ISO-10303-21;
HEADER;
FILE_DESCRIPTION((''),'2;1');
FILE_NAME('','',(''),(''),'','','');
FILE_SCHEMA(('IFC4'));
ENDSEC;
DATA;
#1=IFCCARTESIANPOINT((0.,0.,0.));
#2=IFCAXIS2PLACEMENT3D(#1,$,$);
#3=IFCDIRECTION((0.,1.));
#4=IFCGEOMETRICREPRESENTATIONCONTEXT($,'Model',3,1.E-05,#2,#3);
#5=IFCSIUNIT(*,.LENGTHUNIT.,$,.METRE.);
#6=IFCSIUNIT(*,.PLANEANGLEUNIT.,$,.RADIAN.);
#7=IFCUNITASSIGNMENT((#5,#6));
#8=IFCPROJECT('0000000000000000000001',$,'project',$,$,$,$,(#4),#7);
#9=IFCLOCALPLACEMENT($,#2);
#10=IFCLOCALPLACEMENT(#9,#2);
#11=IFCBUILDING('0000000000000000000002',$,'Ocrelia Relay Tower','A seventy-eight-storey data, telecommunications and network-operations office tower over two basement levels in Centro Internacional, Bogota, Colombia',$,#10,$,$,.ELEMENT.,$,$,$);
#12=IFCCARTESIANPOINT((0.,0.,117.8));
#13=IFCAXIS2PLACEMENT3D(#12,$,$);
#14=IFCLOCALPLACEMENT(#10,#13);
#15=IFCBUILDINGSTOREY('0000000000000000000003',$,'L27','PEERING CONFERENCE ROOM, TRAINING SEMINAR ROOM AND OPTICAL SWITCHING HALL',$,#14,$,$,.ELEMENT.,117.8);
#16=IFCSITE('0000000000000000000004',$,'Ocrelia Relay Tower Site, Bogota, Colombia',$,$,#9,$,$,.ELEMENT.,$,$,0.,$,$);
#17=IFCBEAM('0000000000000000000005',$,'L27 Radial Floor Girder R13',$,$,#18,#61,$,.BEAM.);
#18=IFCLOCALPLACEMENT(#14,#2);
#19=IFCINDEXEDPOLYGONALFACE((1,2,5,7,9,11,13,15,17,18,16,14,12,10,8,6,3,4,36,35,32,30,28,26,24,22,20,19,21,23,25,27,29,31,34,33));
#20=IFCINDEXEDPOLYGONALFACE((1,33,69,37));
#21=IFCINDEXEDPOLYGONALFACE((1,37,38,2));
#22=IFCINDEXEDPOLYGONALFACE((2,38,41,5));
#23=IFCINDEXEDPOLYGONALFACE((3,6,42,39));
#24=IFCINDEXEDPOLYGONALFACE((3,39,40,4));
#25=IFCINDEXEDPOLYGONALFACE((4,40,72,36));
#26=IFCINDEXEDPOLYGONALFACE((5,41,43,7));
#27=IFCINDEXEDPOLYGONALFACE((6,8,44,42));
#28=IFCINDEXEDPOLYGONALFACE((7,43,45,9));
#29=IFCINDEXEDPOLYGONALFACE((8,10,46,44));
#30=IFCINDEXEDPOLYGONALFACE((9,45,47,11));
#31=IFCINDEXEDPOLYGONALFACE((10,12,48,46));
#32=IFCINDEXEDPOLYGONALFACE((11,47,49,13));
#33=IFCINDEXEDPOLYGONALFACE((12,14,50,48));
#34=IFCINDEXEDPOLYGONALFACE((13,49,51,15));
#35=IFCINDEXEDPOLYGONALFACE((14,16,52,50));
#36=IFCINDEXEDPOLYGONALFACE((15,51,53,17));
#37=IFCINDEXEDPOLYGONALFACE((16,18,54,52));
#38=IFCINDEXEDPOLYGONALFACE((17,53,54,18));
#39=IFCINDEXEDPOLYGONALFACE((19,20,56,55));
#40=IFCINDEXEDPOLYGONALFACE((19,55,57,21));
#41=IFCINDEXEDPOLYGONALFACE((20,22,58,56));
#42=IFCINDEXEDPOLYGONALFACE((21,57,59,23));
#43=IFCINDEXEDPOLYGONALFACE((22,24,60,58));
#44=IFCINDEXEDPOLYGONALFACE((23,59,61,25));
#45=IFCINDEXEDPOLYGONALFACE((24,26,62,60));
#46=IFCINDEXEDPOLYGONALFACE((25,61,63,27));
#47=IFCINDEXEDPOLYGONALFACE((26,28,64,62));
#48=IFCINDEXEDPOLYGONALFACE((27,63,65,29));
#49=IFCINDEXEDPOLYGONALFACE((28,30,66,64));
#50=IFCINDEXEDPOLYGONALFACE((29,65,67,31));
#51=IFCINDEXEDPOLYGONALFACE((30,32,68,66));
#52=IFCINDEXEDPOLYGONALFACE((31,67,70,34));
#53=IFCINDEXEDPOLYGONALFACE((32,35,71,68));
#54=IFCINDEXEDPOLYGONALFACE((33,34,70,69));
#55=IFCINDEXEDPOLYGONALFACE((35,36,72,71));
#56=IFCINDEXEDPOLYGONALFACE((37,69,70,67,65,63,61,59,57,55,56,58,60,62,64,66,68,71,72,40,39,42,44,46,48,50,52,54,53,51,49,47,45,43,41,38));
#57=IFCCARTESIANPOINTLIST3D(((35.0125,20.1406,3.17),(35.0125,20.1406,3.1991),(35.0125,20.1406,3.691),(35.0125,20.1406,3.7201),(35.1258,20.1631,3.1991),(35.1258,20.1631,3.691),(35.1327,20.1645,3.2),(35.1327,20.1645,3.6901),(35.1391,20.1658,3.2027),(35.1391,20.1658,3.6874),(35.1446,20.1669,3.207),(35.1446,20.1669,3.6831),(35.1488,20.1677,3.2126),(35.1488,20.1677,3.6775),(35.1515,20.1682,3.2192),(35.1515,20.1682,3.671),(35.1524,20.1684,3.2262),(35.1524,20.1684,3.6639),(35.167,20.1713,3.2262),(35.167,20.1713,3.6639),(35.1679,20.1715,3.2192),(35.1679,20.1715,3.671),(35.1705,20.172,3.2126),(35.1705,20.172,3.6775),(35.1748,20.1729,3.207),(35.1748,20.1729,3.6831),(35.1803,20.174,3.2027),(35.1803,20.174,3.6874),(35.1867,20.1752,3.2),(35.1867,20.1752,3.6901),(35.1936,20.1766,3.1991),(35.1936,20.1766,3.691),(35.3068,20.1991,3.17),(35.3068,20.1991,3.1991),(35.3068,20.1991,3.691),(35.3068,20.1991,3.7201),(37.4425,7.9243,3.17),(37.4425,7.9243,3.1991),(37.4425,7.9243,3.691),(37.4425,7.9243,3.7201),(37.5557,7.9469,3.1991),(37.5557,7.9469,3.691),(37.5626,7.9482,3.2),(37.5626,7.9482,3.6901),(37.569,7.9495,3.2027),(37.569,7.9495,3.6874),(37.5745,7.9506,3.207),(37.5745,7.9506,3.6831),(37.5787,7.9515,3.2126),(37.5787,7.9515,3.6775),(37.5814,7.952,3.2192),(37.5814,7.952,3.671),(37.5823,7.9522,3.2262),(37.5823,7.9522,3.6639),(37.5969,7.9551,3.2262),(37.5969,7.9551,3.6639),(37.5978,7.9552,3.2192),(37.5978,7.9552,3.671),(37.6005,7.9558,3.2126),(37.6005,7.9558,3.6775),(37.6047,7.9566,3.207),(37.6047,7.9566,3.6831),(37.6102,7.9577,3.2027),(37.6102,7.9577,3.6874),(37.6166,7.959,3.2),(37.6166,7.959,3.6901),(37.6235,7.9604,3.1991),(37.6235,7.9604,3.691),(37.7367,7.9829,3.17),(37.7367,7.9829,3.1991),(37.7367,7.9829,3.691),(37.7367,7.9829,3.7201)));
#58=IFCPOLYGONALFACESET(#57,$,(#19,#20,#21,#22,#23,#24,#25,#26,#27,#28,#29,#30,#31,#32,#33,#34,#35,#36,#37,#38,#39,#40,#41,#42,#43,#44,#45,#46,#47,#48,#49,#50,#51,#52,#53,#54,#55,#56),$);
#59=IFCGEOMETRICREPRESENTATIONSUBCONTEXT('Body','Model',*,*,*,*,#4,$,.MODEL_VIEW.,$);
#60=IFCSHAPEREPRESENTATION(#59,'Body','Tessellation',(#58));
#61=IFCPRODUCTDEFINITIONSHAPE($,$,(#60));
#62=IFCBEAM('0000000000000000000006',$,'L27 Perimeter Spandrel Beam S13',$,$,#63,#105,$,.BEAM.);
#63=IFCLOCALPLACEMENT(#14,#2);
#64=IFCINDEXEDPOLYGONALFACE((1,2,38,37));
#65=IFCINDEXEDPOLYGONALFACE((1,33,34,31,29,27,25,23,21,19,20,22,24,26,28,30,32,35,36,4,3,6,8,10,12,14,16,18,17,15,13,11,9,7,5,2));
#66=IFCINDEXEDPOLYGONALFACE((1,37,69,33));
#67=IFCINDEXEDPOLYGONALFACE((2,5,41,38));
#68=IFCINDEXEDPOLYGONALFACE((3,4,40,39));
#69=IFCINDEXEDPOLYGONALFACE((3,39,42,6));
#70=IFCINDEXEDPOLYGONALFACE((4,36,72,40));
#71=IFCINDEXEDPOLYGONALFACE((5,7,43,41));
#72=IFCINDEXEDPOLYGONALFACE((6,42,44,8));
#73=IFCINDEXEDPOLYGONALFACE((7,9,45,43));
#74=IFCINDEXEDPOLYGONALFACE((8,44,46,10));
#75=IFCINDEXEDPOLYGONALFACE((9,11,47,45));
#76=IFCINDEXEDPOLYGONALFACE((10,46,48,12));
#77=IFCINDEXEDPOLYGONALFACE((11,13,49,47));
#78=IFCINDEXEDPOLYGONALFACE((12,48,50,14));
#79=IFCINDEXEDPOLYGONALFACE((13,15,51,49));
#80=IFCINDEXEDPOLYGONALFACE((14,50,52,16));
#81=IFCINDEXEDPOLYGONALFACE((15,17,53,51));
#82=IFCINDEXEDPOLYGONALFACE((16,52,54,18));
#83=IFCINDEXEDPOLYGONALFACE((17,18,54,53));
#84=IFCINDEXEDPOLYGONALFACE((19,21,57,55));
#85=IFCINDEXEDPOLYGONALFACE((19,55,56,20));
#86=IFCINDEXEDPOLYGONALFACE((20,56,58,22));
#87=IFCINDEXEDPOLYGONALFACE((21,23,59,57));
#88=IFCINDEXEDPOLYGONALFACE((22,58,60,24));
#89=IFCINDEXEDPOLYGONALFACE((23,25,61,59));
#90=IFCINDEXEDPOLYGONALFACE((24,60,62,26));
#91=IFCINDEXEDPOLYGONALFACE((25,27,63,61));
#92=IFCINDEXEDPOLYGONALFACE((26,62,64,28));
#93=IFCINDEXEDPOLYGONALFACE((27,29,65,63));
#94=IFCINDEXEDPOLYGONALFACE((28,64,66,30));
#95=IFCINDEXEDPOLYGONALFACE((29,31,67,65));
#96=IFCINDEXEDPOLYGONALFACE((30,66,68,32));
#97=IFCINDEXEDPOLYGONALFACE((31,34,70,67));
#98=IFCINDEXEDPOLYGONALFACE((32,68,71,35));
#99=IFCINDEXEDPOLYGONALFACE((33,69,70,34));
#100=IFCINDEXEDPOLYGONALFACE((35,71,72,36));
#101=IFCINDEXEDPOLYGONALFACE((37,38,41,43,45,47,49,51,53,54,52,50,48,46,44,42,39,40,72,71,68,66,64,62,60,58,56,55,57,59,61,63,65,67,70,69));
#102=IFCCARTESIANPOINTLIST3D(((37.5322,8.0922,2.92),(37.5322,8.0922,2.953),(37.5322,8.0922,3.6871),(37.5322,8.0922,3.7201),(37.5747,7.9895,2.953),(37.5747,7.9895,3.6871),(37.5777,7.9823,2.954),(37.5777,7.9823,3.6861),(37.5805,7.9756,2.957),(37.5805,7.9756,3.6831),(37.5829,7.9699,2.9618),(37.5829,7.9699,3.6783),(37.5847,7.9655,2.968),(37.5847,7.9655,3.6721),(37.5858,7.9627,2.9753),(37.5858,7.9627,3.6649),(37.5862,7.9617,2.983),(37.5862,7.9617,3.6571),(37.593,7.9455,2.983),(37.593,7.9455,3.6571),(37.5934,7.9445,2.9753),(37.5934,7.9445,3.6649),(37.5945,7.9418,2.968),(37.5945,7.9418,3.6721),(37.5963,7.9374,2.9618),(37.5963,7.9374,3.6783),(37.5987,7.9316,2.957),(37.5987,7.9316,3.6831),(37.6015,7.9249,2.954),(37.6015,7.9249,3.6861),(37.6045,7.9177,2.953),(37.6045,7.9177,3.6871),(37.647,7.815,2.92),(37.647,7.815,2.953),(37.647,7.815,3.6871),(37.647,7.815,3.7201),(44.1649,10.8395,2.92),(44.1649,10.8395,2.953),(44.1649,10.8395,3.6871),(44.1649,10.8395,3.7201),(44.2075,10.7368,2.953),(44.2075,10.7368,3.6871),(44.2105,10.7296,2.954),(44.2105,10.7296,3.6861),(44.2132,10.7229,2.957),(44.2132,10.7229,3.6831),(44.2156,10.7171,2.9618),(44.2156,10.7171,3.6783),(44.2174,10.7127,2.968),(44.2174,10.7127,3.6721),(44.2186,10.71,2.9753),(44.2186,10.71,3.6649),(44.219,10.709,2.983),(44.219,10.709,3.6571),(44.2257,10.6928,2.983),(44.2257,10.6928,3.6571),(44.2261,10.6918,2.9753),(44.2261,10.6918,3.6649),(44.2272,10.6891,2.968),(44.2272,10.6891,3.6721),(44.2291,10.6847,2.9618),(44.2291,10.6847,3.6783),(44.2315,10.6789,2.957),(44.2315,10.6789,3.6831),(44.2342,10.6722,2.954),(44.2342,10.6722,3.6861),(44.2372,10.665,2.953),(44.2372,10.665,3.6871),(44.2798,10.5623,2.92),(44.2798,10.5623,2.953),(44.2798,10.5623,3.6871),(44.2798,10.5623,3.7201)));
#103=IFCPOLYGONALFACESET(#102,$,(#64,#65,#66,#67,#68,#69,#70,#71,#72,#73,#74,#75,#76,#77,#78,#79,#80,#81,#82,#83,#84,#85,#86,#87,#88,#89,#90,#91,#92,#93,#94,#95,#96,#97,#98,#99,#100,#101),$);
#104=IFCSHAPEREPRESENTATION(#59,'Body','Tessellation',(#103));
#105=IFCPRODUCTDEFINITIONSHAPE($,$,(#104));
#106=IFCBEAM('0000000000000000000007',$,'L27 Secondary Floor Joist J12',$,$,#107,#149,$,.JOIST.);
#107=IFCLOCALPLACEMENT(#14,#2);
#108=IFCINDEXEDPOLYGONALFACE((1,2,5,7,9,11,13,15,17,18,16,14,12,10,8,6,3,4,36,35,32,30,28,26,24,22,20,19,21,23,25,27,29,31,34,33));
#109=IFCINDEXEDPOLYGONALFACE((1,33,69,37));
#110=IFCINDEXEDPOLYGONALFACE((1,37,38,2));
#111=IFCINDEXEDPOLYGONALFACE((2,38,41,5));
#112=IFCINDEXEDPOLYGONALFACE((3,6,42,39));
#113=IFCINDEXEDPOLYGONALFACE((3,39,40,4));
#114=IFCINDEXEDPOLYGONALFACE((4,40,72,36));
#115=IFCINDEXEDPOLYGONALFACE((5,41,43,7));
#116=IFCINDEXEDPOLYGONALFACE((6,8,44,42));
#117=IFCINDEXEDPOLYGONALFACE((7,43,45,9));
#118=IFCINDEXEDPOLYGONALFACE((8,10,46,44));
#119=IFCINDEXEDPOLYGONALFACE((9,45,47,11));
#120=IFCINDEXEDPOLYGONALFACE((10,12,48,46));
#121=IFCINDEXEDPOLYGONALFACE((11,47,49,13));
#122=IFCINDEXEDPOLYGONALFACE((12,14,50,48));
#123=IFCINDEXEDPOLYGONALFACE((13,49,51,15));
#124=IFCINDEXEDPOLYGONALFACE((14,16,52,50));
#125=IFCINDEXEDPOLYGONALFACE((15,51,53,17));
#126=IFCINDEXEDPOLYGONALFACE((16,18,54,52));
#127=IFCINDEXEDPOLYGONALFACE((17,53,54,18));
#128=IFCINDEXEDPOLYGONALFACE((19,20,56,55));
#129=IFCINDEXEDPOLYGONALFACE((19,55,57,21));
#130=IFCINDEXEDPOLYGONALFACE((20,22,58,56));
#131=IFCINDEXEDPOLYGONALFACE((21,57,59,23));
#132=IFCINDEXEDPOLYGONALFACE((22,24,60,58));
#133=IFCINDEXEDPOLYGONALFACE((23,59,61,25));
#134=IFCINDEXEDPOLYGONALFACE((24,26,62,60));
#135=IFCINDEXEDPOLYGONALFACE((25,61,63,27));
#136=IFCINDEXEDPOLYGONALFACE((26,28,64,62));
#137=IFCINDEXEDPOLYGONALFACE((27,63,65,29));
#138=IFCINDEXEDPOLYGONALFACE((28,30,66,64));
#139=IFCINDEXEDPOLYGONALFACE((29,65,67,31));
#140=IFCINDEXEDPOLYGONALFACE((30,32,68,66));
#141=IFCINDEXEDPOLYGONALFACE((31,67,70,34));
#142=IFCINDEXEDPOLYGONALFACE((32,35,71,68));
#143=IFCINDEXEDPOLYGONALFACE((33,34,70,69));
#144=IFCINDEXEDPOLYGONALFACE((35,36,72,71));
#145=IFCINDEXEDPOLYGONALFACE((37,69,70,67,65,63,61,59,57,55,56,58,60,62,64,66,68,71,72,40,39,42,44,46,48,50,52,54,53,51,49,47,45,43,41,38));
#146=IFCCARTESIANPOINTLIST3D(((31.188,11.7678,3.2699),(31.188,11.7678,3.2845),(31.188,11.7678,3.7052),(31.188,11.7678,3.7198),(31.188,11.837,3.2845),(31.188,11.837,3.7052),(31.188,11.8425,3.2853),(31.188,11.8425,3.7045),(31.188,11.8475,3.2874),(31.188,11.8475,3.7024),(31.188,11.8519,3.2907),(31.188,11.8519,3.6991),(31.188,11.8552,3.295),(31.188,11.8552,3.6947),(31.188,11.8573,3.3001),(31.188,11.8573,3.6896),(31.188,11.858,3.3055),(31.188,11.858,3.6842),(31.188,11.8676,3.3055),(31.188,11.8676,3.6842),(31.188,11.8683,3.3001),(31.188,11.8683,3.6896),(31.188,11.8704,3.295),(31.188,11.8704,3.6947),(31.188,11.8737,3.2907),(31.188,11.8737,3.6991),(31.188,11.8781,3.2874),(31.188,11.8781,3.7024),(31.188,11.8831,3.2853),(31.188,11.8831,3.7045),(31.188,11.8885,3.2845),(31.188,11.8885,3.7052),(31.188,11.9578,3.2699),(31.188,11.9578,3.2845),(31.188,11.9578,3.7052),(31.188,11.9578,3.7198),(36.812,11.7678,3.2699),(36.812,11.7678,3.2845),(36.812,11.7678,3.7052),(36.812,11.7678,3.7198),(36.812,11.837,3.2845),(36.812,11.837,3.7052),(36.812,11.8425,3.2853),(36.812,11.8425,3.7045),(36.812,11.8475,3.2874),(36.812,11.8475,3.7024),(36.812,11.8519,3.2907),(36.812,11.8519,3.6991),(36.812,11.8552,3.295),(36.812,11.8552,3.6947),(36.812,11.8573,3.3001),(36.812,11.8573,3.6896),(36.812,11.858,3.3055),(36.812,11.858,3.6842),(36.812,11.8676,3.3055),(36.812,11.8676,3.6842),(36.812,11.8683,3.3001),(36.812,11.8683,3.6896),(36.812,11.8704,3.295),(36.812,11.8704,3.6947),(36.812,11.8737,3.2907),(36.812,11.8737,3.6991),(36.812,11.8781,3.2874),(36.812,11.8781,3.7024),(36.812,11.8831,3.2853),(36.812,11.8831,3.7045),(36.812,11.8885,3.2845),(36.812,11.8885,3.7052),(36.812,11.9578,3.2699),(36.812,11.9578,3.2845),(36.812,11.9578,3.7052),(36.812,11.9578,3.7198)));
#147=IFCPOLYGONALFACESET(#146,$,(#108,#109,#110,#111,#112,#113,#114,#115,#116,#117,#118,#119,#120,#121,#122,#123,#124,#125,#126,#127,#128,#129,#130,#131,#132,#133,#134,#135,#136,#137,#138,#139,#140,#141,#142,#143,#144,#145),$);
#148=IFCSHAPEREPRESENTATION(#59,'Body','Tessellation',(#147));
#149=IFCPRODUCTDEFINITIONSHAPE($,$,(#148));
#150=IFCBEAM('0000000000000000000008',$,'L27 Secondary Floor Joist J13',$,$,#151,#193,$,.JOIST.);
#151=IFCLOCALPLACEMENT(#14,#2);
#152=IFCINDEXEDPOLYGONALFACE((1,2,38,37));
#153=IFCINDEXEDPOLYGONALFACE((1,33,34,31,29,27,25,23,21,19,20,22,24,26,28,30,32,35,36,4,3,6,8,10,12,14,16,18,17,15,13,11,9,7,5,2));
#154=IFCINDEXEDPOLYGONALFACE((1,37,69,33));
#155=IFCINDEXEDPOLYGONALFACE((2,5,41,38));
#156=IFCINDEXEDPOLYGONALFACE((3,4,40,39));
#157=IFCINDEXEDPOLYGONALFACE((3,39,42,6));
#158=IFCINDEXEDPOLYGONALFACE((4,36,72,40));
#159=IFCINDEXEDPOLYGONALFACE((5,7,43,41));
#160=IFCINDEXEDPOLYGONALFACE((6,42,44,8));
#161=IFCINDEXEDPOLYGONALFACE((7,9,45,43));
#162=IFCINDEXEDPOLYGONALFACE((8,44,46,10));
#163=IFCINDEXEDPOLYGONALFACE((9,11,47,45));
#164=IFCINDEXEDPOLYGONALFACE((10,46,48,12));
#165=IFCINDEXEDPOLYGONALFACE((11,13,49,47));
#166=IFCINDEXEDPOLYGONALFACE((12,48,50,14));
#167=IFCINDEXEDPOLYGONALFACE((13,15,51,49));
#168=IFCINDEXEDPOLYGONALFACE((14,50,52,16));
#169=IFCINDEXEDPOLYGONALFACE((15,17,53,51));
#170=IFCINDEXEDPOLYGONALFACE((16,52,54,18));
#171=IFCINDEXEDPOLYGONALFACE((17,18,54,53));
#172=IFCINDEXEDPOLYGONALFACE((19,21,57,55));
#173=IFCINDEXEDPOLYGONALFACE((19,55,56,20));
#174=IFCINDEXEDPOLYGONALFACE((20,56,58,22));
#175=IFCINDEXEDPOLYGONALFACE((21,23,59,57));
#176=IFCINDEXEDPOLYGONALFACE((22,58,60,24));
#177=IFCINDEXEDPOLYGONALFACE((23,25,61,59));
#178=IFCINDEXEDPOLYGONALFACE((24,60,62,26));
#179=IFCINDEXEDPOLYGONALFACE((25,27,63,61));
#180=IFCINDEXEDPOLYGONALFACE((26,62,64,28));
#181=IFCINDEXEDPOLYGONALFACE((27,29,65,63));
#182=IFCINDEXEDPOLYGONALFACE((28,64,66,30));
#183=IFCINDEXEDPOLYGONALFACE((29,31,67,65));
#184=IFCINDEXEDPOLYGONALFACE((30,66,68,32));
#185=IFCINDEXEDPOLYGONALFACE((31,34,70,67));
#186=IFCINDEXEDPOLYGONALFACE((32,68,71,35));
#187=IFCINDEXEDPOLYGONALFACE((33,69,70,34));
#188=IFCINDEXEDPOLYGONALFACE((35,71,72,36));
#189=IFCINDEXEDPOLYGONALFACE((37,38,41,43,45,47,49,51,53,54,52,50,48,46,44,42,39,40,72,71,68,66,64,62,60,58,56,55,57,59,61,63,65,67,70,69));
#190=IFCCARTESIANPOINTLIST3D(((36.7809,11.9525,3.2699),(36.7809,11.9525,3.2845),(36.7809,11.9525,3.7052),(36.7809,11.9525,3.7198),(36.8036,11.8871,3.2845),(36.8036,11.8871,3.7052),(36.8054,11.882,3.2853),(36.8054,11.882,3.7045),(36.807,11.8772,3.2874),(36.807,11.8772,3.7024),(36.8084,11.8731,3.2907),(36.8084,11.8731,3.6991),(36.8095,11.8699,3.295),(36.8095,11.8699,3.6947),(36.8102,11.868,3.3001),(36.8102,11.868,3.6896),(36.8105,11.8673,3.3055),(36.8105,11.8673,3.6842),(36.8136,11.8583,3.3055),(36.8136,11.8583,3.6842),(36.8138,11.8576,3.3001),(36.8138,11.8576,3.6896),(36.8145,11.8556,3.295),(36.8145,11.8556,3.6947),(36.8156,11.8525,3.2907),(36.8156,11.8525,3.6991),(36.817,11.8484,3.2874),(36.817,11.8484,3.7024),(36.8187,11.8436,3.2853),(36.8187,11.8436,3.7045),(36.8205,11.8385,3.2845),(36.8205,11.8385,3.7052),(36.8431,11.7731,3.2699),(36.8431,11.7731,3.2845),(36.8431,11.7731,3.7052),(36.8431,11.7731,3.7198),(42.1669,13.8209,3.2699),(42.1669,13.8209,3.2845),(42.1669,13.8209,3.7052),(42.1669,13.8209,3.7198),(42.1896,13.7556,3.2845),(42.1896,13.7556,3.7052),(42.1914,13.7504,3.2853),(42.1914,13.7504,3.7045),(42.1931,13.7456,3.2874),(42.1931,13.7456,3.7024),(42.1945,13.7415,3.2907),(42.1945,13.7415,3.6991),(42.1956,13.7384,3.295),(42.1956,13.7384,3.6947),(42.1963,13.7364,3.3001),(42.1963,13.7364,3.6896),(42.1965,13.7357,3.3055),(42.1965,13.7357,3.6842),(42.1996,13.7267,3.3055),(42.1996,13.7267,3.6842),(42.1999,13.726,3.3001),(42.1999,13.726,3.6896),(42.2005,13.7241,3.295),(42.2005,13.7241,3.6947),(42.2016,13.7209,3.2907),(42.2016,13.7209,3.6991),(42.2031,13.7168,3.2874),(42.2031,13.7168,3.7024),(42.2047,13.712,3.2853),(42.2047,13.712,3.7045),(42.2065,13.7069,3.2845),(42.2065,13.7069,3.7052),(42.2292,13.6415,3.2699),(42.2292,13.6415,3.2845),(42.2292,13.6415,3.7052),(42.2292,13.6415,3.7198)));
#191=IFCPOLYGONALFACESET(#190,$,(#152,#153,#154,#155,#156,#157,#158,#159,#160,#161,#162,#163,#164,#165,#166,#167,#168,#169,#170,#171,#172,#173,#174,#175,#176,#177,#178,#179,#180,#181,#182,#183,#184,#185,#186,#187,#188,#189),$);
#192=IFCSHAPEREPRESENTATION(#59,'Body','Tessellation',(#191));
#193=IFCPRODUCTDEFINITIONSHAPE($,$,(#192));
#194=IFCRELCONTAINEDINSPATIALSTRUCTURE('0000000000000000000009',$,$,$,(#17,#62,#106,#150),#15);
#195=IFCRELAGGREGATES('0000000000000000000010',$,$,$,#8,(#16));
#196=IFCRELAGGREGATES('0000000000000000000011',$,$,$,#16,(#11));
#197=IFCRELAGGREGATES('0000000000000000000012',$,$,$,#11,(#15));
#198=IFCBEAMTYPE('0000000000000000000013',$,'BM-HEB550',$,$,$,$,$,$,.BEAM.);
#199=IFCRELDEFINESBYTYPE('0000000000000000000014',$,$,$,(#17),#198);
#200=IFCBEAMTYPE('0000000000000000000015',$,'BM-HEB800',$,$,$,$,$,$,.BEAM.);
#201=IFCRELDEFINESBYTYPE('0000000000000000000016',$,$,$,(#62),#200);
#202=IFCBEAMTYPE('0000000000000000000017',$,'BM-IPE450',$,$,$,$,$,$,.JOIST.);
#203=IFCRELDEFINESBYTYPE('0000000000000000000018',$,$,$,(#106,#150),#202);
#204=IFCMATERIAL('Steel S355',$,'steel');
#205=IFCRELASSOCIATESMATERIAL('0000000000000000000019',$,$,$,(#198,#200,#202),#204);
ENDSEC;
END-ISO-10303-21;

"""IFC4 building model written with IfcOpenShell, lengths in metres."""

from ifc_helpers import new_model, si_unit, direction, frame, origin, origin_2d, place, context, subcontext, project, spatial, i_section, extrude, material, material_profile, profile_set, type_object, element, save


model = new_model("IFC4")

# Units and contexts
model_context = context("Model", 3, precision=1e-05, world=origin(), true_north=direction((0.0, 1.0)))
body_context = subcontext(model_context, "Body", "Model", "MODEL_VIEW")
ifc_project = project(units=[si_unit("LENGTHUNIT", "METRE"), si_unit("PLANEANGLEUNIT", "RADIAN")], contexts=[model_context])

# Site, building, storey
site_placement = place(None, origin())
site = spatial("IfcSite", under=ifc_project, at=site_placement, Name="Ocrelia Relay Tower Site, Bogota, Colombia", CompositionType="ELEMENT", RefElevation=0.0)
building_placement = place(site_placement, origin())
building = spatial("IfcBuilding", under=site, at=building_placement, Name="Ocrelia Relay Tower", Description="A seventy-eight-storey data, telecommunications and network-operations office tower over two basement levels in Centro Internacional, Bogota, Colombia", CompositionType="ELEMENT")
storey_placement = place(building_placement, frame((0.0, 0.0, 117.8)))
storey = spatial("IfcBuildingStorey", under=building, at=storey_placement, Name="L27", Description="PEERING CONFERENCE ROOM, TRAINING SEMINAR ROOM AND OPTICAL SWITCHING HALL", CompositionType="ELEMENT", Elevation=117.8)

# Beams
ifc_material_1 = material(Name="Steel S355", Category="steel")
ifc_material_profile_1 = material_profile(ifc_material_1, i_section(OverallWidth=0.3, OverallDepth=0.55, WebThickness=0.0149, FlangeThickness=0.0291, FilletRadius=0.0271, at=origin_2d()), Name="HEB 550")
ifc_profile_set_1 = profile_set([ifc_material_profile_1], Name="Steel S355")
beam_type_1 = type_object("IfcBeamType", Name="BM-HEB550", PredefinedType="BEAM", material=ifc_profile_set_1)
beam_1_placement = place(storey_placement, frame((37.5896, 7.9536, 3.4451), z_axis=(-0.195087, 0.980786, 0.0), x_axis=(-0.980786, -0.195087, 0.0)))
element("IfcBeam", 1, at=beam_1_placement, inside=storey, type_object=beam_type_1, Name="L27 Radial Floor Girder R13", PredefinedType="BEAM", context=body_context, shape_type="SweptSolid", body=[
    extrude(i_section(OverallWidth=0.3, OverallDepth=0.55, WebThickness=0.0149, FlangeThickness=0.0291, FilletRadius=0.0271, at=origin_2d()), origin(), (0.0, 0.0, 1.0), 12.4556),
])
ifc_material_profile_2 = material_profile(ifc_material_1, i_section(OverallWidth=0.3, OverallDepth=0.8, WebThickness=0.0176, FlangeThickness=0.033, FilletRadius=0.03, at=origin_2d()), Name="HEB 800")
ifc_profile_set_2 = profile_set([ifc_material_profile_2], Name="Steel S355")
beam_type_2 = type_object("IfcBeamType", Name="BM-HEB800", PredefinedType="BEAM", material=ifc_profile_set_2)
beam_2_placement = place(storey_placement, frame((37.5896, 7.9536, 3.3201), z_axis=(0.923884, 0.382673, 0.0), x_axis=(-0.382673, 0.923884, 0.0)))
element("IfcBeam", 2, at=beam_2_placement, inside=storey, type_object=beam_type_2, Name="L27 Perimeter Spandrel Beam S13", PredefinedType="BEAM", context=body_context, shape_type="SweptSolid", body=[
    extrude(i_section(OverallWidth=0.3, OverallDepth=0.8, WebThickness=0.0176, FlangeThickness=0.033, FilletRadius=0.03, at=origin_2d()), origin(), (0.0, 0.0, 1.0), 7.1792),
])
ifc_material_profile_3 = material_profile(ifc_material_1, i_section(OverallWidth=0.1899, OverallDepth=0.45, WebThickness=0.0095, FlangeThickness=0.0146, FilletRadius=0.021, at=origin_2d()), Name="IPE 450")
ifc_profile_set_3 = profile_set([ifc_material_profile_3], Name="Steel S355")
beam_type_3 = type_object("IfcBeamType", Name="BM-IPE450", PredefinedType="JOIST", material=ifc_profile_set_3)
beam_3_placement = place(storey_placement, frame((31.188, 11.8628, 3.4949), z_axis=(1.0, 0.0, 0.0), x_axis=(0.0, 1.0, 0.0)))
element("IfcBeam", 3, at=beam_3_placement, inside=storey, type_object=beam_type_3, Name="L27 Secondary Floor Joist J12", PredefinedType="JOIST", context=body_context, shape_type="SweptSolid", body=[
    extrude(i_section(OverallWidth=0.1899, OverallDepth=0.45, WebThickness=0.0095, FlangeThickness=0.0146, FilletRadius=0.021, at=origin_2d()), origin(), (0.0, 0.0, 1.0), 5.624),
])
beam_4_placement = place(storey_placement, frame((36.812, 11.8628, 3.4949), z_axis=(0.944767, 0.327741, 0.0), x_axis=(-0.327741, 0.944767, 0.0)))
element("IfcBeam", 4, at=beam_4_placement, inside=storey, type_object=beam_type_3, Name="L27 Secondary Floor Joist J13", PredefinedType="JOIST", context=body_context, shape_type="SweptSolid", body=[
    extrude(i_section(OverallWidth=0.1899, OverallDepth=0.45, WebThickness=0.0095, FlangeThickness=0.0146, FilletRadius=0.021, at=origin_2d()), origin(), (0.0, 0.0, 1.0), 5.7009),
])

save(model, "model.ifc")
